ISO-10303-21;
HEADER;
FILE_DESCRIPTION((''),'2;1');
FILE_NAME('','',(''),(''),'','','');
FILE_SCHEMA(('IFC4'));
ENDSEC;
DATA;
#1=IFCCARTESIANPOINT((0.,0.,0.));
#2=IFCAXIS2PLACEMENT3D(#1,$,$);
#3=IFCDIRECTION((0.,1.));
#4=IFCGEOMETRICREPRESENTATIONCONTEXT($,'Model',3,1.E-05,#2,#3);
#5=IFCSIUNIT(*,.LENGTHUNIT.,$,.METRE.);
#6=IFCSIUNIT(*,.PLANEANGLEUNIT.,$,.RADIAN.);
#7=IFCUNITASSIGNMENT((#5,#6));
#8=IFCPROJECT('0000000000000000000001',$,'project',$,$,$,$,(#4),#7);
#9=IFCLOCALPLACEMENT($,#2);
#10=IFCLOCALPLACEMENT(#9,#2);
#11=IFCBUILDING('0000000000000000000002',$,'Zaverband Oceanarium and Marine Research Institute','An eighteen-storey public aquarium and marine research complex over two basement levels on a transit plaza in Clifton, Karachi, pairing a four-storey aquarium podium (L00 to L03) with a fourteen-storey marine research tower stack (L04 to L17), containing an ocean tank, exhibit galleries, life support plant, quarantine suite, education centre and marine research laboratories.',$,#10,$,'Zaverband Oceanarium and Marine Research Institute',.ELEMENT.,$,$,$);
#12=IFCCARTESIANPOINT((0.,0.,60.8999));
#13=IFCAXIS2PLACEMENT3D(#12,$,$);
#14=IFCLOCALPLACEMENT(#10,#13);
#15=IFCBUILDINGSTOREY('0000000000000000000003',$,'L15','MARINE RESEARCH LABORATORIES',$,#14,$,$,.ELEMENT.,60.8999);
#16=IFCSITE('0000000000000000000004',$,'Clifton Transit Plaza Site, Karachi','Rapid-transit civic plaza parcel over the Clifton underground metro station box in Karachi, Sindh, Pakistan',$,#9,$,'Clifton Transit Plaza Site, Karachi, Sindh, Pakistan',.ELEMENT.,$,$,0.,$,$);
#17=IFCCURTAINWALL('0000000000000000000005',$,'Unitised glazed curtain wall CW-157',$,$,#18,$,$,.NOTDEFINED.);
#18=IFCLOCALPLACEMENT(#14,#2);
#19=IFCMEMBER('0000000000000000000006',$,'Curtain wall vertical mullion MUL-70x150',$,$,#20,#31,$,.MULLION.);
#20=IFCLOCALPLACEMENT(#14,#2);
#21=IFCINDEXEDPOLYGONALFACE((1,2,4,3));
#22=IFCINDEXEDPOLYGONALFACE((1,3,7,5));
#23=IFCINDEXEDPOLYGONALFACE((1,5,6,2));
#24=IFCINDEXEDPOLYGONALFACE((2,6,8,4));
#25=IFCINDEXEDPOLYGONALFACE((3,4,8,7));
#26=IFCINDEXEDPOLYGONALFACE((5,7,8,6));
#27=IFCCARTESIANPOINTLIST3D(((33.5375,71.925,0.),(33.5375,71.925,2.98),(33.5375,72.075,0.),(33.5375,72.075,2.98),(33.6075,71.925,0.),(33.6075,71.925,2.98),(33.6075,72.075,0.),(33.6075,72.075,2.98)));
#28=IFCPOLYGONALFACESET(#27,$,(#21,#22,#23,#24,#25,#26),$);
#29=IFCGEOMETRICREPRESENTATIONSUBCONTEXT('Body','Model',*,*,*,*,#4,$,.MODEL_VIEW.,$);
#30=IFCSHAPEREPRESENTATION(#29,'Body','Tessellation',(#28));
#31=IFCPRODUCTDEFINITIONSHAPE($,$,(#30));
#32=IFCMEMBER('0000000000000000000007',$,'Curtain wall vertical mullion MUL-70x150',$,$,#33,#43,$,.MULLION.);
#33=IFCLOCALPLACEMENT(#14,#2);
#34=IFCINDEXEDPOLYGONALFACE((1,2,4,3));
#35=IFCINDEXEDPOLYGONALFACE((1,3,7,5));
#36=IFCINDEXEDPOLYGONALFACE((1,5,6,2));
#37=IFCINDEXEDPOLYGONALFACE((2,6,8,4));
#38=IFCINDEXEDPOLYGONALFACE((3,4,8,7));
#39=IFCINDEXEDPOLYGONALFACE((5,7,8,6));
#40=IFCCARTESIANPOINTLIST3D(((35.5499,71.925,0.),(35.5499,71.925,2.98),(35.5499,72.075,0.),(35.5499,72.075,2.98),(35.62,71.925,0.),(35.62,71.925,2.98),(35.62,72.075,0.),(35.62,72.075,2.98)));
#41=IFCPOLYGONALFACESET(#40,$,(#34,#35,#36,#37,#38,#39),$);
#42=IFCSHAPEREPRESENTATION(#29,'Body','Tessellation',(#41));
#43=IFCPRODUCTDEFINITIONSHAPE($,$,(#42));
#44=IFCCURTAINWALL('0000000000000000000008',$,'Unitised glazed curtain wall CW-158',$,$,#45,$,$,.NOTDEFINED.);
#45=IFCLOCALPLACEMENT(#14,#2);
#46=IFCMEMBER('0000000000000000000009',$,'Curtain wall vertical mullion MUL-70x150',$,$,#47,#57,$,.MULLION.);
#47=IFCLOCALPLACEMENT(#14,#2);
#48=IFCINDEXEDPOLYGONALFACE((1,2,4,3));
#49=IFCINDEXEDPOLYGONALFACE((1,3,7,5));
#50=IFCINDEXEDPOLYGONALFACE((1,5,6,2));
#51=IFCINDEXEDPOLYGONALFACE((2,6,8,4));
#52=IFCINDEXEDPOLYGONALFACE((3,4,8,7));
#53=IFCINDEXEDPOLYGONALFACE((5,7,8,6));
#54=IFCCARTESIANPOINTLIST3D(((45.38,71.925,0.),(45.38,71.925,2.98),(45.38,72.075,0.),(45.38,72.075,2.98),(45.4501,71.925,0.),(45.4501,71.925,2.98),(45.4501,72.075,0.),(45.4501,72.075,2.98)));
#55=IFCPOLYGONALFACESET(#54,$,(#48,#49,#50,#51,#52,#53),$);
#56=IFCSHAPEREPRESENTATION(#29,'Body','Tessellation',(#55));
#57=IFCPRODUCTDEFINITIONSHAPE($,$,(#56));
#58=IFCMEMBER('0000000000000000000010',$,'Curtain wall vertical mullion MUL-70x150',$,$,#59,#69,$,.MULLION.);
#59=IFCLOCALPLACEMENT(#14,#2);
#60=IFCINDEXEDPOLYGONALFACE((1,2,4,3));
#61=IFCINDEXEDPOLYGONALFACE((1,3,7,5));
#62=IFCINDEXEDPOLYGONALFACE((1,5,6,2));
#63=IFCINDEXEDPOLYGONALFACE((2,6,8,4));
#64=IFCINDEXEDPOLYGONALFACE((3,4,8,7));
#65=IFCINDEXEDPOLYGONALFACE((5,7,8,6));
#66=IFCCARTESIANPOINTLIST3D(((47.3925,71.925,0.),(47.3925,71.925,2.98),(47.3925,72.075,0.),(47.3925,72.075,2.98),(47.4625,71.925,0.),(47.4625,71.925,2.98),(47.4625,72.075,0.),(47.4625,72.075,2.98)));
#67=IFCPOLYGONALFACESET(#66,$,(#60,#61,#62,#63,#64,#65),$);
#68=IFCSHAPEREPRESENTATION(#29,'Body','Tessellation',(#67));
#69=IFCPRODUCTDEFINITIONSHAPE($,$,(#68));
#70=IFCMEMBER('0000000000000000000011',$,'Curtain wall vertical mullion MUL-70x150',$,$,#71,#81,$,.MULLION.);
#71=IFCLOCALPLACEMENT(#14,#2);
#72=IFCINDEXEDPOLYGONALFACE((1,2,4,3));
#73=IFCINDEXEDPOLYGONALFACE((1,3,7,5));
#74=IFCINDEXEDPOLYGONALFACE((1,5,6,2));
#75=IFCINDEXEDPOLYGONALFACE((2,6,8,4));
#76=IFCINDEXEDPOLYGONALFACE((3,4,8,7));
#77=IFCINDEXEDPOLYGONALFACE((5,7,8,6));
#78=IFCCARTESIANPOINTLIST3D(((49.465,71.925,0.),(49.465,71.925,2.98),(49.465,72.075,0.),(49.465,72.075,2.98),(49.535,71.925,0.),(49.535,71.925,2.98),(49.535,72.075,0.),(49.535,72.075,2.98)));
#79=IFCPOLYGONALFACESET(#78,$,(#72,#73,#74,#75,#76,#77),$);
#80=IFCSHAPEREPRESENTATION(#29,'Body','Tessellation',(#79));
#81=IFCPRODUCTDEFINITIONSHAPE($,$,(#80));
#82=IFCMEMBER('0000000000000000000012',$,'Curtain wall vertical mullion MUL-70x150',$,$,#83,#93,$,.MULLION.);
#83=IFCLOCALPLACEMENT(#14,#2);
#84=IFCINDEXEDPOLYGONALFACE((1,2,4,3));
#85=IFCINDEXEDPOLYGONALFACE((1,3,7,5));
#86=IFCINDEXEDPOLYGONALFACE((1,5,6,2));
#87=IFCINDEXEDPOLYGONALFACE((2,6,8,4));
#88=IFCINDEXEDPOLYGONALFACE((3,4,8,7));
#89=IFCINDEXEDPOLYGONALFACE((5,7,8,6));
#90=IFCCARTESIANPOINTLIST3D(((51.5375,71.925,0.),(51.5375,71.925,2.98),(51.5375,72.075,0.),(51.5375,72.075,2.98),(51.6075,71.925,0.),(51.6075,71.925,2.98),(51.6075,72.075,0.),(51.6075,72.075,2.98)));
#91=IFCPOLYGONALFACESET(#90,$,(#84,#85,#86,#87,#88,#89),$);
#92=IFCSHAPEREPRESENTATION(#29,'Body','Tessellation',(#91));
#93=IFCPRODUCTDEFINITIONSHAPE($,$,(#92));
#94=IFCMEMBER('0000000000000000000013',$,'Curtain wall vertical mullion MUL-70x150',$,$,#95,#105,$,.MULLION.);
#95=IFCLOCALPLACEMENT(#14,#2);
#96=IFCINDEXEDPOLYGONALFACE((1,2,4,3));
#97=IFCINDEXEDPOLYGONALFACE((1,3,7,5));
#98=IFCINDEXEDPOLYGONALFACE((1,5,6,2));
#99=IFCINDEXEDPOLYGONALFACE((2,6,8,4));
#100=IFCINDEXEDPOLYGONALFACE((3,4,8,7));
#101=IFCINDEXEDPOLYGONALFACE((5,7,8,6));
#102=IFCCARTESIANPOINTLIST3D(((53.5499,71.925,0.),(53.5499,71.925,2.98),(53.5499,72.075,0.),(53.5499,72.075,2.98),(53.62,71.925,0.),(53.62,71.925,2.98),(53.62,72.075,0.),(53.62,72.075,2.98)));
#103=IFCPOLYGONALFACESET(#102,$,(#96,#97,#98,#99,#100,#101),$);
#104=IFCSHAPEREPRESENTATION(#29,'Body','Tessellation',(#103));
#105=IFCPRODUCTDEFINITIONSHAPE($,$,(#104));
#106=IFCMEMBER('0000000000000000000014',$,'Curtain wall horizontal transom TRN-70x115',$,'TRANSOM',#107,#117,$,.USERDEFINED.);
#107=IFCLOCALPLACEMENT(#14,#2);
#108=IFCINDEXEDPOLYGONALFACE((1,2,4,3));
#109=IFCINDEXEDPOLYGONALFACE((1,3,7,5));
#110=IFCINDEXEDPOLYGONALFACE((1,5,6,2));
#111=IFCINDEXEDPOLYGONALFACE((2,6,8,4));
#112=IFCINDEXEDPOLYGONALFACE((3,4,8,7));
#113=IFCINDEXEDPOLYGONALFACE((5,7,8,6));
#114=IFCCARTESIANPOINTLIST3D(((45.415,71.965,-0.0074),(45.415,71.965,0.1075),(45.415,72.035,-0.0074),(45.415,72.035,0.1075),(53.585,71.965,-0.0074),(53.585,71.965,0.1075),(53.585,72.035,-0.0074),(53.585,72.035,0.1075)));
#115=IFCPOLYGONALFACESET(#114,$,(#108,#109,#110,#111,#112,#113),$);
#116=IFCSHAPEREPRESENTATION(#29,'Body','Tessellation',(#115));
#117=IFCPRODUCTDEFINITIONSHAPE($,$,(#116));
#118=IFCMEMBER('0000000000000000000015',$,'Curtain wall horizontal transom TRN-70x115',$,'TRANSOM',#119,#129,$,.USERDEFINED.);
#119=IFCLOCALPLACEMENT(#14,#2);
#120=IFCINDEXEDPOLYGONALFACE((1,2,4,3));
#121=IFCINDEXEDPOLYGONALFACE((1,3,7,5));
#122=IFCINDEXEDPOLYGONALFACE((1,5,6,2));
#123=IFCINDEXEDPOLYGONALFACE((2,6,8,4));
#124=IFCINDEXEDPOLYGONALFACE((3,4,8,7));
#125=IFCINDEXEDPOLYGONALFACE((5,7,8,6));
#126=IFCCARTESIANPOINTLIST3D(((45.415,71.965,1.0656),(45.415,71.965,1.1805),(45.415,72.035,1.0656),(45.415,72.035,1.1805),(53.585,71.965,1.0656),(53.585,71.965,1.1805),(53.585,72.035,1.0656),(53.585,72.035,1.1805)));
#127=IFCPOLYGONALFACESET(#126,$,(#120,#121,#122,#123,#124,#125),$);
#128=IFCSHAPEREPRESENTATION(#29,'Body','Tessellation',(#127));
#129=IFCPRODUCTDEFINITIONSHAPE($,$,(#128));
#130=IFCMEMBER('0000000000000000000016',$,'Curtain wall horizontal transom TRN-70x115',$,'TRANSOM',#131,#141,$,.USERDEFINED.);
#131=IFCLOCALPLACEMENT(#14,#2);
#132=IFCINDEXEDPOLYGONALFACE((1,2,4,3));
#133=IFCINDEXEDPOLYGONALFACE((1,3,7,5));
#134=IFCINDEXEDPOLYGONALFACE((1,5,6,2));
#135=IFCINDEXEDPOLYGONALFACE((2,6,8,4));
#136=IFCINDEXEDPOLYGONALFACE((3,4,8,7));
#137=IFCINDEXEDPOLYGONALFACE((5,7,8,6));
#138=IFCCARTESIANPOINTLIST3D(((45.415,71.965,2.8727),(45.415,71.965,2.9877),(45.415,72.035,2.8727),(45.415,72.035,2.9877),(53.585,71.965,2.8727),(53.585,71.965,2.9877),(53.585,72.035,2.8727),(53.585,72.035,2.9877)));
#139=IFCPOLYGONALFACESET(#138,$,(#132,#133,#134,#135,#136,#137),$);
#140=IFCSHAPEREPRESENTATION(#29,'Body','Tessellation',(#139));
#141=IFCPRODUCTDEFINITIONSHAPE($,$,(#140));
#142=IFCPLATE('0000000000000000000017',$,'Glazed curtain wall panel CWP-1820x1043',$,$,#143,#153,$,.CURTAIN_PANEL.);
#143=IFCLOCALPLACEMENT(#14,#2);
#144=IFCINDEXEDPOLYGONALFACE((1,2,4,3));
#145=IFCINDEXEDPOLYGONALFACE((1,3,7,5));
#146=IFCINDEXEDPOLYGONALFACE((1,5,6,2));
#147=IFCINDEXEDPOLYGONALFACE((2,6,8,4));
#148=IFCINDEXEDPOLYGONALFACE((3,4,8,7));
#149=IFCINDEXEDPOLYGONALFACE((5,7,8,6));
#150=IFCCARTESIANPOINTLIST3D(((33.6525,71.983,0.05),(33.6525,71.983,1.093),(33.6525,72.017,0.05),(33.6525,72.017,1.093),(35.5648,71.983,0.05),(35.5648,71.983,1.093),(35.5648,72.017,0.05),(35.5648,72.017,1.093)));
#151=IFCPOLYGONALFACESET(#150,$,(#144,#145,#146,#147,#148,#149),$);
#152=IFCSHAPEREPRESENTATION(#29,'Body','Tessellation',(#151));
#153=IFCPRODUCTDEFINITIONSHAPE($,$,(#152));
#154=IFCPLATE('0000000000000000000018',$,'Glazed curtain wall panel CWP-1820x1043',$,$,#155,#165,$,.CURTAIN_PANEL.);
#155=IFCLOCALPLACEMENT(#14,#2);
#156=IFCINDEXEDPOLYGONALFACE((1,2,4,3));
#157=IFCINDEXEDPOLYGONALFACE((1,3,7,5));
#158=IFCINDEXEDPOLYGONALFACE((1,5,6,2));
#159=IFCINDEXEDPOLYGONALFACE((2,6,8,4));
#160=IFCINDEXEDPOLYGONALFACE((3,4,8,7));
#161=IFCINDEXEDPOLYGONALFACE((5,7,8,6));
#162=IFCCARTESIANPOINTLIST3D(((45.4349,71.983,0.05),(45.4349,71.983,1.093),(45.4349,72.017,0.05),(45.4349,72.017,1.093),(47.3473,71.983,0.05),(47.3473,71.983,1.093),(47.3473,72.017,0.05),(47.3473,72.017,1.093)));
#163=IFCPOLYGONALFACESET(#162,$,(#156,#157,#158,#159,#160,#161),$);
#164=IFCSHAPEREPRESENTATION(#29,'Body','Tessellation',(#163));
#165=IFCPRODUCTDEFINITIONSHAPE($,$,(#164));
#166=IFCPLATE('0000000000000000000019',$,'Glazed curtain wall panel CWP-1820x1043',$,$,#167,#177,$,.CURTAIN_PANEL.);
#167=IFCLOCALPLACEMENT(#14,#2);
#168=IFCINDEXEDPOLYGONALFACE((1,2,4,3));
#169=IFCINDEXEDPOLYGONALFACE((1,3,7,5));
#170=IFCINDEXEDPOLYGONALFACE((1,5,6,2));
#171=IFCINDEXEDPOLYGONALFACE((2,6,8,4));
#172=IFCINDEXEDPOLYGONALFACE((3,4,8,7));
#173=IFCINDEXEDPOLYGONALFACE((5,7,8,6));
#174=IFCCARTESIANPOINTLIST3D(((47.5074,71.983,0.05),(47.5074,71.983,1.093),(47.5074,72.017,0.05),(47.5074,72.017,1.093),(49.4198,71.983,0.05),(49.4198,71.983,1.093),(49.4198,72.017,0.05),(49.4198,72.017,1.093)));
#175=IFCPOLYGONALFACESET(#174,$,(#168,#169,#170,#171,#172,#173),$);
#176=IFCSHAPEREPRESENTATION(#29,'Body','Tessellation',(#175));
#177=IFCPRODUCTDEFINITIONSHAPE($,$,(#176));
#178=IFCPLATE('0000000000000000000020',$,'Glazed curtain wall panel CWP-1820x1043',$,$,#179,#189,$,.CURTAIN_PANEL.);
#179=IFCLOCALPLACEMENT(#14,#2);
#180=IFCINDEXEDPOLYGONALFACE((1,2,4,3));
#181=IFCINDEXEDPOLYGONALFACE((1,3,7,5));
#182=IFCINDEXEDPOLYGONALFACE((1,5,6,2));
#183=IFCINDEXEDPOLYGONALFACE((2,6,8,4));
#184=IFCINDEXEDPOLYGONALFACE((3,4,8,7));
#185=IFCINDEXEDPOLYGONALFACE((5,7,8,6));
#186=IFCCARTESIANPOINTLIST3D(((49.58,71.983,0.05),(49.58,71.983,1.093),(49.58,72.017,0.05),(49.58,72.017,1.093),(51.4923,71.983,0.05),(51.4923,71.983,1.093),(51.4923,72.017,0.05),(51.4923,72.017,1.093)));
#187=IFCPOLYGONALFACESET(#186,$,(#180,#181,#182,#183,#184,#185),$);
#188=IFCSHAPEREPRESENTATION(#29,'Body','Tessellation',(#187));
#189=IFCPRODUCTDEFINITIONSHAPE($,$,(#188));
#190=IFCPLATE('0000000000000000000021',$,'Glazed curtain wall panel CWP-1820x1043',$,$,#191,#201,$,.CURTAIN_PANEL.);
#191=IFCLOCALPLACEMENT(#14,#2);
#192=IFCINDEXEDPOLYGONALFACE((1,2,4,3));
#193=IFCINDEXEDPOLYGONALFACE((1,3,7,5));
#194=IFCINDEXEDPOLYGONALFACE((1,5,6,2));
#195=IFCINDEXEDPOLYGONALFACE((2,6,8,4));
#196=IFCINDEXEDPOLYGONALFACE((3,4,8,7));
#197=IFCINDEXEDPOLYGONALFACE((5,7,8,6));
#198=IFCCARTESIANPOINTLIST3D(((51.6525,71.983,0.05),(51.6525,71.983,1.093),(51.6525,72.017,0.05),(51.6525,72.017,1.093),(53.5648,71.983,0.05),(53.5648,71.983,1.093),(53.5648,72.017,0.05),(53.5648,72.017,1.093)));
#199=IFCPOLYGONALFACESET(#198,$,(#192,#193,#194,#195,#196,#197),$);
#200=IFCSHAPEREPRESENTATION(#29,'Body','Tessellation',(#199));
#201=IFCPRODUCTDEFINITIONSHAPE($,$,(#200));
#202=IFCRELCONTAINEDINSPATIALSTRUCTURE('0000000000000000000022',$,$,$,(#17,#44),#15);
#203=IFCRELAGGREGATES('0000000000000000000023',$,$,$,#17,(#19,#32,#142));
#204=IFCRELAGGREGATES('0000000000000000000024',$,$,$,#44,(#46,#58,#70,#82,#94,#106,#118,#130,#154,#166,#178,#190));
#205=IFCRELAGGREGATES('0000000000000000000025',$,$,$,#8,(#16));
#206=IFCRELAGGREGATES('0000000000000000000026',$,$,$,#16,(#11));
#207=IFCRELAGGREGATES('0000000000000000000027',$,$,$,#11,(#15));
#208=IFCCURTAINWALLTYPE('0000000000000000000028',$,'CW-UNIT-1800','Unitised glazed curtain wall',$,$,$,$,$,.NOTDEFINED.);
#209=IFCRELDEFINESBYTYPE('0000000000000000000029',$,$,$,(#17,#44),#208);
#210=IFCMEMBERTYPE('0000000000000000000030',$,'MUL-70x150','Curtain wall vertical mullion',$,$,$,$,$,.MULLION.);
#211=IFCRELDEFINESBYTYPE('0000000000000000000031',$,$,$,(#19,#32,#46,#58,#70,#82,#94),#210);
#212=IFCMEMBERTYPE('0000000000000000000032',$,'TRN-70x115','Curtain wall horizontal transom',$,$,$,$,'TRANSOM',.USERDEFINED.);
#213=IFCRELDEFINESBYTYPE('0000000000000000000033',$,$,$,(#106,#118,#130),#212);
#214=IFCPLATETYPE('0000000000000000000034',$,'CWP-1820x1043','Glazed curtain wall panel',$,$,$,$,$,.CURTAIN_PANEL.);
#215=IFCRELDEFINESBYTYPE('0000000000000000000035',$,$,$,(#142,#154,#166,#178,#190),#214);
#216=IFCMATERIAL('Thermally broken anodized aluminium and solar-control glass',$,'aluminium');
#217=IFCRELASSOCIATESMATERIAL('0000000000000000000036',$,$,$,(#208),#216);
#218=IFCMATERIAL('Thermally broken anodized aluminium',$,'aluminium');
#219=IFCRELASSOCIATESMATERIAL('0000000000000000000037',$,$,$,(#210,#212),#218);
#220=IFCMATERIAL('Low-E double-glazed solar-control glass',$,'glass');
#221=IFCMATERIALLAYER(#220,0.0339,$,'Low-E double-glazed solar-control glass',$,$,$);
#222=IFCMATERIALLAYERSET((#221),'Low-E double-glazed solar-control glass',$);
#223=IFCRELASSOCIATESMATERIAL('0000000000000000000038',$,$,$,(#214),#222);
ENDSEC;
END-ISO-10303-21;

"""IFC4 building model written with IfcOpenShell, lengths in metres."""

from ifc_helpers import new_model, si_unit, direction, frame, frame_2d, origin, origin_2d, place, context, subcontext, project, spatial, rectangle, extrude, material, layer, layer_set, material_profile, profile_set, type_object, element, aggregate, save


model = new_model("IFC4")

# Units and contexts
model_context = context("Model", 3, precision=1e-05, world=origin(), true_north=direction((0.0, 1.0)))
body_context = subcontext(model_context, "Body", "Model", "MODEL_VIEW")
ifc_project = project(units=[si_unit("LENGTHUNIT", "METRE"), si_unit("PLANEANGLEUNIT", "RADIAN")], contexts=[model_context])

# Site, building, storey
site_placement = place(None, origin())
site = spatial("IfcSite", under=ifc_project, at=site_placement, Name="Clifton Transit Plaza Site, Karachi", Description="Rapid-transit civic plaza parcel over the Clifton underground metro station box in Karachi, Sindh, Pakistan", LongName="Clifton Transit Plaza Site, Karachi, Sindh, Pakistan", CompositionType="ELEMENT", RefElevation=0.0)
building_placement = place(site_placement, origin())
building = spatial("IfcBuilding", under=site, at=building_placement, Name="Zaverband Oceanarium and Marine Research Institute", Description="An eighteen-storey public aquarium and marine research complex over two basement levels on a transit plaza in Clifton, Karachi, pairing a four-storey aquarium podium (L00 to L03) with a fourteen-storey marine research tower stack (L04 to L17), containing an ocean tank, exhibit galleries, life support plant, quarantine suite, education centre and marine research laboratories.", LongName="Zaverband Oceanarium and Marine Research Institute", CompositionType="ELEMENT")
storey_placement = place(building_placement, frame((0.0, 0.0, 60.8999)))
storey = spatial("IfcBuildingStorey", under=building, at=storey_placement, Name="L15", Description="MARINE RESEARCH LABORATORIES", CompositionType="ELEMENT", Elevation=60.8999)

# Curtain walls, members
ifc_material_1 = material(Name="Thermally broken anodized aluminium and solar-control glass", Category="aluminium")
curtain_wall_type = type_object("IfcCurtainWallType", Name="CW-UNIT-1800", Description="Unitised glazed curtain wall", PredefinedType="NOTDEFINED", material=ifc_material_1)
curtain_wall_1_placement = place(storey_placement, origin())
curtain_wall_1 = element("IfcCurtainWall", 1, at=curtain_wall_1_placement, inside=storey, type_object=curtain_wall_type, Name="Unitised glazed curtain wall CW-157", PredefinedType="NOTDEFINED")
ifc_material_2 = material(Name="Thermally broken anodized aluminium", Category="aluminium")
ifc_material_profile_1 = material_profile(ifc_material_2, rectangle(XDim=0.0701, YDim=0.1499, at=origin_2d()), Name="AL-MUL-70x150")
ifc_profile_set_1 = profile_set([ifc_material_profile_1], Name="Thermally broken anodized aluminium")
member_type_1 = type_object("IfcMemberType", Name="MUL-70x150", Description="Curtain wall vertical mullion", PredefinedType="MULLION", material=ifc_profile_set_1)
member_1_placement = place(storey_placement, frame((33.5725, 72.0, 0.0), z_axis=(0.0, 0.0, 1.0), x_axis=(1.0, 0.0, 0.0)))
member_1 = element("IfcMember", 2, at=member_1_placement, type_object=member_type_1, Name="Curtain wall vertical mullion MUL-70x150", PredefinedType="MULLION", context=body_context, shape_type="SweptSolid", body=[
    extrude(rectangle(XDim=0.0701, YDim=0.1499, at=origin_2d()), origin(), (0.0, 0.0, 1.0), 2.98),
])
member_2_placement = place(storey_placement, frame((35.585, 72.0, 0.0), z_axis=(0.0, 0.0, 1.0), x_axis=(1.0, 0.0, 0.0)))
member_2 = element("IfcMember", 3, at=member_2_placement, type_object=member_type_1, Name="Curtain wall vertical mullion MUL-70x150", PredefinedType="MULLION", context=body_context, shape_type="SweptSolid", body=[
    extrude(rectangle(XDim=0.0701, YDim=0.1499, at=origin_2d()), origin(), (0.0, 0.0, 1.0), 2.98),
])
curtain_wall_2_placement = place(storey_placement, origin())
curtain_wall_2 = element("IfcCurtainWall", 4, at=curtain_wall_2_placement, inside=storey, type_object=curtain_wall_type, Name="Unitised glazed curtain wall CW-158", PredefinedType="NOTDEFINED")
member_3_placement = place(storey_placement, frame((45.415, 72.0, 0.0), z_axis=(0.0, 0.0, 1.0), x_axis=(1.0, 0.0, 0.0)))
member_3 = element("IfcMember", 5, at=member_3_placement, type_object=member_type_1, Name="Curtain wall vertical mullion MUL-70x150", PredefinedType="MULLION", context=body_context, shape_type="SweptSolid", body=[
    extrude(rectangle(XDim=0.0701, YDim=0.1499, at=origin_2d()), origin(), (0.0, 0.0, 1.0), 2.98),
])
member_4_placement = place(storey_placement, frame((47.4275, 72.0, 0.0), z_axis=(0.0, 0.0, 1.0), x_axis=(1.0, 0.0, 0.0)))
member_4 = element("IfcMember", 6, at=member_4_placement, type_object=member_type_1, Name="Curtain wall vertical mullion MUL-70x150", PredefinedType="MULLION", context=body_context, shape_type="SweptSolid", body=[
    extrude(rectangle(XDim=0.0701, YDim=0.1499, at=origin_2d()), origin(), (0.0, 0.0, 1.0), 2.98),
])
member_5_placement = place(storey_placement, frame((49.5, 72.0, 0.0), z_axis=(0.0, 0.0, 1.0), x_axis=(1.0, 0.0, 0.0)))
member_5 = element("IfcMember", 7, at=member_5_placement, type_object=member_type_1, Name="Curtain wall vertical mullion MUL-70x150", PredefinedType="MULLION", context=body_context, shape_type="SweptSolid", body=[
    extrude(rectangle(XDim=0.0701, YDim=0.1499, at=origin_2d()), origin(), (0.0, 0.0, 1.0), 2.98),
])
member_6_placement = place(storey_placement, frame((51.5725, 72.0, 0.0), z_axis=(0.0, 0.0, 1.0), x_axis=(1.0, 0.0, 0.0)))
member_6 = element("IfcMember", 8, at=member_6_placement, type_object=member_type_1, Name="Curtain wall vertical mullion MUL-70x150", PredefinedType="MULLION", context=body_context, shape_type="SweptSolid", body=[
    extrude(rectangle(XDim=0.0701, YDim=0.1499, at=origin_2d()), origin(), (0.0, 0.0, 1.0), 2.98),
])
member_7_placement = place(storey_placement, frame((53.585, 72.0, 0.0), z_axis=(0.0, 0.0, 1.0), x_axis=(1.0, 0.0, 0.0)))
member_7 = element("IfcMember", 9, at=member_7_placement, type_object=member_type_1, Name="Curtain wall vertical mullion MUL-70x150", PredefinedType="MULLION", context=body_context, shape_type="SweptSolid", body=[
    extrude(rectangle(XDim=0.0701, YDim=0.1499, at=origin_2d()), origin(), (0.0, 0.0, 1.0), 2.98),
])
ifc_material_profile_2 = material_profile(ifc_material_2, rectangle(XDim=0.0701, YDim=0.115, at=origin_2d()), Name="AL-TRN-70x115")
ifc_profile_set_2 = profile_set([ifc_material_profile_2], Name="Thermally broken anodized aluminium")
member_type_2 = type_object("IfcMemberType", Name="TRN-70x115", Description="Curtain wall horizontal transom", ElementType="TRANSOM", PredefinedType="USERDEFINED", material=ifc_profile_set_2)
member_8_placement = place(storey_placement, frame((45.415, 72.0, 0.05), z_axis=(1.0, 0.0, 0.0), x_axis=(0.0, 1.0, 0.0)))
member_8 = element("IfcMember", 10, at=member_8_placement, type_object=member_type_2, Name="Curtain wall horizontal transom TRN-70x115", ObjectType="TRANSOM", PredefinedType="USERDEFINED", context=body_context, shape_type="SweptSolid", body=[
    extrude(rectangle(XDim=0.0701, YDim=0.115, at=origin_2d()), origin(), (0.0, 0.0, 1.0), 8.1699),
])
member_9_placement = place(storey_placement, frame((45.415, 72.0, 1.123), z_axis=(1.0, 0.0, 0.0), x_axis=(0.0, 1.0, 0.0)))
member_9 = element("IfcMember", 11, at=member_9_placement, type_object=member_type_2, Name="Curtain wall horizontal transom TRN-70x115", ObjectType="TRANSOM", PredefinedType="USERDEFINED", context=body_context, shape_type="SweptSolid", body=[
    extrude(rectangle(XDim=0.0701, YDim=0.115, at=origin_2d()), origin(), (0.0, 0.0, 1.0), 8.1699),
])
member_10_placement = place(storey_placement, frame((45.415, 72.0, 2.9302), z_axis=(1.0, 0.0, 0.0), x_axis=(0.0, 1.0, 0.0)))
member_10 = element("IfcMember", 12, at=member_10_placement, type_object=member_type_2, Name="Curtain wall horizontal transom TRN-70x115", ObjectType="TRANSOM", PredefinedType="USERDEFINED", context=body_context, shape_type="SweptSolid", body=[
    extrude(rectangle(XDim=0.0701, YDim=0.115, at=origin_2d()), origin(), (0.0, 0.0, 1.0), 8.1699),
])

# Plates
ifc_material_3 = material(Name="Low-E double-glazed solar-control glass", Category="glass")
ifc_layer_1 = layer(ifc_material_3, 0.0339, Name="Low-E double-glazed solar-control glass")
ifc_layer_set_1 = layer_set([ifc_layer_1], Name="Low-E double-glazed solar-control glass")
plate_type_1 = type_object("IfcPlateType", Name="CWP-1820x1043", Description="Glazed curtain wall panel", PredefinedType="CURTAIN_PANEL", material=ifc_layer_set_1)
plate_1_placement = place(storey_placement, frame((33.6526, 72.0, 0.05), z_axis=(0.0, 0.0, 1.0), x_axis=(1.0, 0.0, 0.0)))
plate_1 = element("IfcPlate", 13, at=plate_1_placement, type_object=plate_type_1, Name="Glazed curtain wall panel CWP-1820x1043", PredefinedType="CURTAIN_PANEL", context=body_context, shape_type="SweptSolid", body=[
    extrude(rectangle(XDim=1.9124, YDim=0.0339, at=frame_2d((0.9561, 0.0))), origin(), (0.0, 0.0, 1.0), 1.043),
])
plate_2_placement = place(storey_placement, frame((45.4351, 72.0, 0.05), z_axis=(0.0, 0.0, 1.0), x_axis=(1.0, 0.0, 0.0)))
plate_2 = element("IfcPlate", 14, at=plate_2_placement, type_object=plate_type_1, Name="Glazed curtain wall panel CWP-1820x1043", PredefinedType="CURTAIN_PANEL", context=body_context, shape_type="SweptSolid", body=[
    extrude(rectangle(XDim=1.9124, YDim=0.0339, at=frame_2d((0.9561, 0.0))), origin(), (0.0, 0.0, 1.0), 1.043),
])
plate_3_placement = place(storey_placement, frame((47.5076, 72.0, 0.05), z_axis=(0.0, 0.0, 1.0), x_axis=(1.0, 0.0, 0.0)))
plate_3 = element("IfcPlate", 15, at=plate_3_placement, type_object=plate_type_1, Name="Glazed curtain wall panel CWP-1820x1043", PredefinedType="CURTAIN_PANEL", context=body_context, shape_type="SweptSolid", body=[
    extrude(rectangle(XDim=1.9124, YDim=0.0339, at=frame_2d((0.9561, 0.0))), origin(), (0.0, 0.0, 1.0), 1.043),
])
plate_4_placement = place(storey_placement, frame((49.5801, 72.0, 0.05), z_axis=(0.0, 0.0, 1.0), x_axis=(1.0, 0.0, 0.0)))
plate_4 = element("IfcPlate", 16, at=plate_4_placement, type_object=plate_type_1, Name="Glazed curtain wall panel CWP-1820x1043", PredefinedType="CURTAIN_PANEL", context=body_context, shape_type="SweptSolid", body=[
    extrude(rectangle(XDim=1.9124, YDim=0.0339, at=frame_2d((0.9561, 0.0))), origin(), (0.0, 0.0, 1.0), 1.043),
])
plate_5_placement = place(storey_placement, frame((51.6526, 72.0, 0.05), z_axis=(0.0, 0.0, 1.0), x_axis=(1.0, 0.0, 0.0)))
plate_5 = element("IfcPlate", 17, at=plate_5_placement, type_object=plate_type_1, Name="Glazed curtain wall panel CWP-1820x1043", PredefinedType="CURTAIN_PANEL", context=body_context, shape_type="SweptSolid", body=[
    extrude(rectangle(XDim=1.9124, YDim=0.0339, at=frame_2d((0.9561, 0.0))), origin(), (0.0, 0.0, 1.0), 1.043),
])
aggregate(curtain_wall_1, [member_1, member_2, plate_1])
aggregate(curtain_wall_2, [member_3, member_4, member_5, member_6, member_7, member_8, member_9, member_10, plate_2, plate_3, plate_4, plate_5])

save(model, "model.ifc")
